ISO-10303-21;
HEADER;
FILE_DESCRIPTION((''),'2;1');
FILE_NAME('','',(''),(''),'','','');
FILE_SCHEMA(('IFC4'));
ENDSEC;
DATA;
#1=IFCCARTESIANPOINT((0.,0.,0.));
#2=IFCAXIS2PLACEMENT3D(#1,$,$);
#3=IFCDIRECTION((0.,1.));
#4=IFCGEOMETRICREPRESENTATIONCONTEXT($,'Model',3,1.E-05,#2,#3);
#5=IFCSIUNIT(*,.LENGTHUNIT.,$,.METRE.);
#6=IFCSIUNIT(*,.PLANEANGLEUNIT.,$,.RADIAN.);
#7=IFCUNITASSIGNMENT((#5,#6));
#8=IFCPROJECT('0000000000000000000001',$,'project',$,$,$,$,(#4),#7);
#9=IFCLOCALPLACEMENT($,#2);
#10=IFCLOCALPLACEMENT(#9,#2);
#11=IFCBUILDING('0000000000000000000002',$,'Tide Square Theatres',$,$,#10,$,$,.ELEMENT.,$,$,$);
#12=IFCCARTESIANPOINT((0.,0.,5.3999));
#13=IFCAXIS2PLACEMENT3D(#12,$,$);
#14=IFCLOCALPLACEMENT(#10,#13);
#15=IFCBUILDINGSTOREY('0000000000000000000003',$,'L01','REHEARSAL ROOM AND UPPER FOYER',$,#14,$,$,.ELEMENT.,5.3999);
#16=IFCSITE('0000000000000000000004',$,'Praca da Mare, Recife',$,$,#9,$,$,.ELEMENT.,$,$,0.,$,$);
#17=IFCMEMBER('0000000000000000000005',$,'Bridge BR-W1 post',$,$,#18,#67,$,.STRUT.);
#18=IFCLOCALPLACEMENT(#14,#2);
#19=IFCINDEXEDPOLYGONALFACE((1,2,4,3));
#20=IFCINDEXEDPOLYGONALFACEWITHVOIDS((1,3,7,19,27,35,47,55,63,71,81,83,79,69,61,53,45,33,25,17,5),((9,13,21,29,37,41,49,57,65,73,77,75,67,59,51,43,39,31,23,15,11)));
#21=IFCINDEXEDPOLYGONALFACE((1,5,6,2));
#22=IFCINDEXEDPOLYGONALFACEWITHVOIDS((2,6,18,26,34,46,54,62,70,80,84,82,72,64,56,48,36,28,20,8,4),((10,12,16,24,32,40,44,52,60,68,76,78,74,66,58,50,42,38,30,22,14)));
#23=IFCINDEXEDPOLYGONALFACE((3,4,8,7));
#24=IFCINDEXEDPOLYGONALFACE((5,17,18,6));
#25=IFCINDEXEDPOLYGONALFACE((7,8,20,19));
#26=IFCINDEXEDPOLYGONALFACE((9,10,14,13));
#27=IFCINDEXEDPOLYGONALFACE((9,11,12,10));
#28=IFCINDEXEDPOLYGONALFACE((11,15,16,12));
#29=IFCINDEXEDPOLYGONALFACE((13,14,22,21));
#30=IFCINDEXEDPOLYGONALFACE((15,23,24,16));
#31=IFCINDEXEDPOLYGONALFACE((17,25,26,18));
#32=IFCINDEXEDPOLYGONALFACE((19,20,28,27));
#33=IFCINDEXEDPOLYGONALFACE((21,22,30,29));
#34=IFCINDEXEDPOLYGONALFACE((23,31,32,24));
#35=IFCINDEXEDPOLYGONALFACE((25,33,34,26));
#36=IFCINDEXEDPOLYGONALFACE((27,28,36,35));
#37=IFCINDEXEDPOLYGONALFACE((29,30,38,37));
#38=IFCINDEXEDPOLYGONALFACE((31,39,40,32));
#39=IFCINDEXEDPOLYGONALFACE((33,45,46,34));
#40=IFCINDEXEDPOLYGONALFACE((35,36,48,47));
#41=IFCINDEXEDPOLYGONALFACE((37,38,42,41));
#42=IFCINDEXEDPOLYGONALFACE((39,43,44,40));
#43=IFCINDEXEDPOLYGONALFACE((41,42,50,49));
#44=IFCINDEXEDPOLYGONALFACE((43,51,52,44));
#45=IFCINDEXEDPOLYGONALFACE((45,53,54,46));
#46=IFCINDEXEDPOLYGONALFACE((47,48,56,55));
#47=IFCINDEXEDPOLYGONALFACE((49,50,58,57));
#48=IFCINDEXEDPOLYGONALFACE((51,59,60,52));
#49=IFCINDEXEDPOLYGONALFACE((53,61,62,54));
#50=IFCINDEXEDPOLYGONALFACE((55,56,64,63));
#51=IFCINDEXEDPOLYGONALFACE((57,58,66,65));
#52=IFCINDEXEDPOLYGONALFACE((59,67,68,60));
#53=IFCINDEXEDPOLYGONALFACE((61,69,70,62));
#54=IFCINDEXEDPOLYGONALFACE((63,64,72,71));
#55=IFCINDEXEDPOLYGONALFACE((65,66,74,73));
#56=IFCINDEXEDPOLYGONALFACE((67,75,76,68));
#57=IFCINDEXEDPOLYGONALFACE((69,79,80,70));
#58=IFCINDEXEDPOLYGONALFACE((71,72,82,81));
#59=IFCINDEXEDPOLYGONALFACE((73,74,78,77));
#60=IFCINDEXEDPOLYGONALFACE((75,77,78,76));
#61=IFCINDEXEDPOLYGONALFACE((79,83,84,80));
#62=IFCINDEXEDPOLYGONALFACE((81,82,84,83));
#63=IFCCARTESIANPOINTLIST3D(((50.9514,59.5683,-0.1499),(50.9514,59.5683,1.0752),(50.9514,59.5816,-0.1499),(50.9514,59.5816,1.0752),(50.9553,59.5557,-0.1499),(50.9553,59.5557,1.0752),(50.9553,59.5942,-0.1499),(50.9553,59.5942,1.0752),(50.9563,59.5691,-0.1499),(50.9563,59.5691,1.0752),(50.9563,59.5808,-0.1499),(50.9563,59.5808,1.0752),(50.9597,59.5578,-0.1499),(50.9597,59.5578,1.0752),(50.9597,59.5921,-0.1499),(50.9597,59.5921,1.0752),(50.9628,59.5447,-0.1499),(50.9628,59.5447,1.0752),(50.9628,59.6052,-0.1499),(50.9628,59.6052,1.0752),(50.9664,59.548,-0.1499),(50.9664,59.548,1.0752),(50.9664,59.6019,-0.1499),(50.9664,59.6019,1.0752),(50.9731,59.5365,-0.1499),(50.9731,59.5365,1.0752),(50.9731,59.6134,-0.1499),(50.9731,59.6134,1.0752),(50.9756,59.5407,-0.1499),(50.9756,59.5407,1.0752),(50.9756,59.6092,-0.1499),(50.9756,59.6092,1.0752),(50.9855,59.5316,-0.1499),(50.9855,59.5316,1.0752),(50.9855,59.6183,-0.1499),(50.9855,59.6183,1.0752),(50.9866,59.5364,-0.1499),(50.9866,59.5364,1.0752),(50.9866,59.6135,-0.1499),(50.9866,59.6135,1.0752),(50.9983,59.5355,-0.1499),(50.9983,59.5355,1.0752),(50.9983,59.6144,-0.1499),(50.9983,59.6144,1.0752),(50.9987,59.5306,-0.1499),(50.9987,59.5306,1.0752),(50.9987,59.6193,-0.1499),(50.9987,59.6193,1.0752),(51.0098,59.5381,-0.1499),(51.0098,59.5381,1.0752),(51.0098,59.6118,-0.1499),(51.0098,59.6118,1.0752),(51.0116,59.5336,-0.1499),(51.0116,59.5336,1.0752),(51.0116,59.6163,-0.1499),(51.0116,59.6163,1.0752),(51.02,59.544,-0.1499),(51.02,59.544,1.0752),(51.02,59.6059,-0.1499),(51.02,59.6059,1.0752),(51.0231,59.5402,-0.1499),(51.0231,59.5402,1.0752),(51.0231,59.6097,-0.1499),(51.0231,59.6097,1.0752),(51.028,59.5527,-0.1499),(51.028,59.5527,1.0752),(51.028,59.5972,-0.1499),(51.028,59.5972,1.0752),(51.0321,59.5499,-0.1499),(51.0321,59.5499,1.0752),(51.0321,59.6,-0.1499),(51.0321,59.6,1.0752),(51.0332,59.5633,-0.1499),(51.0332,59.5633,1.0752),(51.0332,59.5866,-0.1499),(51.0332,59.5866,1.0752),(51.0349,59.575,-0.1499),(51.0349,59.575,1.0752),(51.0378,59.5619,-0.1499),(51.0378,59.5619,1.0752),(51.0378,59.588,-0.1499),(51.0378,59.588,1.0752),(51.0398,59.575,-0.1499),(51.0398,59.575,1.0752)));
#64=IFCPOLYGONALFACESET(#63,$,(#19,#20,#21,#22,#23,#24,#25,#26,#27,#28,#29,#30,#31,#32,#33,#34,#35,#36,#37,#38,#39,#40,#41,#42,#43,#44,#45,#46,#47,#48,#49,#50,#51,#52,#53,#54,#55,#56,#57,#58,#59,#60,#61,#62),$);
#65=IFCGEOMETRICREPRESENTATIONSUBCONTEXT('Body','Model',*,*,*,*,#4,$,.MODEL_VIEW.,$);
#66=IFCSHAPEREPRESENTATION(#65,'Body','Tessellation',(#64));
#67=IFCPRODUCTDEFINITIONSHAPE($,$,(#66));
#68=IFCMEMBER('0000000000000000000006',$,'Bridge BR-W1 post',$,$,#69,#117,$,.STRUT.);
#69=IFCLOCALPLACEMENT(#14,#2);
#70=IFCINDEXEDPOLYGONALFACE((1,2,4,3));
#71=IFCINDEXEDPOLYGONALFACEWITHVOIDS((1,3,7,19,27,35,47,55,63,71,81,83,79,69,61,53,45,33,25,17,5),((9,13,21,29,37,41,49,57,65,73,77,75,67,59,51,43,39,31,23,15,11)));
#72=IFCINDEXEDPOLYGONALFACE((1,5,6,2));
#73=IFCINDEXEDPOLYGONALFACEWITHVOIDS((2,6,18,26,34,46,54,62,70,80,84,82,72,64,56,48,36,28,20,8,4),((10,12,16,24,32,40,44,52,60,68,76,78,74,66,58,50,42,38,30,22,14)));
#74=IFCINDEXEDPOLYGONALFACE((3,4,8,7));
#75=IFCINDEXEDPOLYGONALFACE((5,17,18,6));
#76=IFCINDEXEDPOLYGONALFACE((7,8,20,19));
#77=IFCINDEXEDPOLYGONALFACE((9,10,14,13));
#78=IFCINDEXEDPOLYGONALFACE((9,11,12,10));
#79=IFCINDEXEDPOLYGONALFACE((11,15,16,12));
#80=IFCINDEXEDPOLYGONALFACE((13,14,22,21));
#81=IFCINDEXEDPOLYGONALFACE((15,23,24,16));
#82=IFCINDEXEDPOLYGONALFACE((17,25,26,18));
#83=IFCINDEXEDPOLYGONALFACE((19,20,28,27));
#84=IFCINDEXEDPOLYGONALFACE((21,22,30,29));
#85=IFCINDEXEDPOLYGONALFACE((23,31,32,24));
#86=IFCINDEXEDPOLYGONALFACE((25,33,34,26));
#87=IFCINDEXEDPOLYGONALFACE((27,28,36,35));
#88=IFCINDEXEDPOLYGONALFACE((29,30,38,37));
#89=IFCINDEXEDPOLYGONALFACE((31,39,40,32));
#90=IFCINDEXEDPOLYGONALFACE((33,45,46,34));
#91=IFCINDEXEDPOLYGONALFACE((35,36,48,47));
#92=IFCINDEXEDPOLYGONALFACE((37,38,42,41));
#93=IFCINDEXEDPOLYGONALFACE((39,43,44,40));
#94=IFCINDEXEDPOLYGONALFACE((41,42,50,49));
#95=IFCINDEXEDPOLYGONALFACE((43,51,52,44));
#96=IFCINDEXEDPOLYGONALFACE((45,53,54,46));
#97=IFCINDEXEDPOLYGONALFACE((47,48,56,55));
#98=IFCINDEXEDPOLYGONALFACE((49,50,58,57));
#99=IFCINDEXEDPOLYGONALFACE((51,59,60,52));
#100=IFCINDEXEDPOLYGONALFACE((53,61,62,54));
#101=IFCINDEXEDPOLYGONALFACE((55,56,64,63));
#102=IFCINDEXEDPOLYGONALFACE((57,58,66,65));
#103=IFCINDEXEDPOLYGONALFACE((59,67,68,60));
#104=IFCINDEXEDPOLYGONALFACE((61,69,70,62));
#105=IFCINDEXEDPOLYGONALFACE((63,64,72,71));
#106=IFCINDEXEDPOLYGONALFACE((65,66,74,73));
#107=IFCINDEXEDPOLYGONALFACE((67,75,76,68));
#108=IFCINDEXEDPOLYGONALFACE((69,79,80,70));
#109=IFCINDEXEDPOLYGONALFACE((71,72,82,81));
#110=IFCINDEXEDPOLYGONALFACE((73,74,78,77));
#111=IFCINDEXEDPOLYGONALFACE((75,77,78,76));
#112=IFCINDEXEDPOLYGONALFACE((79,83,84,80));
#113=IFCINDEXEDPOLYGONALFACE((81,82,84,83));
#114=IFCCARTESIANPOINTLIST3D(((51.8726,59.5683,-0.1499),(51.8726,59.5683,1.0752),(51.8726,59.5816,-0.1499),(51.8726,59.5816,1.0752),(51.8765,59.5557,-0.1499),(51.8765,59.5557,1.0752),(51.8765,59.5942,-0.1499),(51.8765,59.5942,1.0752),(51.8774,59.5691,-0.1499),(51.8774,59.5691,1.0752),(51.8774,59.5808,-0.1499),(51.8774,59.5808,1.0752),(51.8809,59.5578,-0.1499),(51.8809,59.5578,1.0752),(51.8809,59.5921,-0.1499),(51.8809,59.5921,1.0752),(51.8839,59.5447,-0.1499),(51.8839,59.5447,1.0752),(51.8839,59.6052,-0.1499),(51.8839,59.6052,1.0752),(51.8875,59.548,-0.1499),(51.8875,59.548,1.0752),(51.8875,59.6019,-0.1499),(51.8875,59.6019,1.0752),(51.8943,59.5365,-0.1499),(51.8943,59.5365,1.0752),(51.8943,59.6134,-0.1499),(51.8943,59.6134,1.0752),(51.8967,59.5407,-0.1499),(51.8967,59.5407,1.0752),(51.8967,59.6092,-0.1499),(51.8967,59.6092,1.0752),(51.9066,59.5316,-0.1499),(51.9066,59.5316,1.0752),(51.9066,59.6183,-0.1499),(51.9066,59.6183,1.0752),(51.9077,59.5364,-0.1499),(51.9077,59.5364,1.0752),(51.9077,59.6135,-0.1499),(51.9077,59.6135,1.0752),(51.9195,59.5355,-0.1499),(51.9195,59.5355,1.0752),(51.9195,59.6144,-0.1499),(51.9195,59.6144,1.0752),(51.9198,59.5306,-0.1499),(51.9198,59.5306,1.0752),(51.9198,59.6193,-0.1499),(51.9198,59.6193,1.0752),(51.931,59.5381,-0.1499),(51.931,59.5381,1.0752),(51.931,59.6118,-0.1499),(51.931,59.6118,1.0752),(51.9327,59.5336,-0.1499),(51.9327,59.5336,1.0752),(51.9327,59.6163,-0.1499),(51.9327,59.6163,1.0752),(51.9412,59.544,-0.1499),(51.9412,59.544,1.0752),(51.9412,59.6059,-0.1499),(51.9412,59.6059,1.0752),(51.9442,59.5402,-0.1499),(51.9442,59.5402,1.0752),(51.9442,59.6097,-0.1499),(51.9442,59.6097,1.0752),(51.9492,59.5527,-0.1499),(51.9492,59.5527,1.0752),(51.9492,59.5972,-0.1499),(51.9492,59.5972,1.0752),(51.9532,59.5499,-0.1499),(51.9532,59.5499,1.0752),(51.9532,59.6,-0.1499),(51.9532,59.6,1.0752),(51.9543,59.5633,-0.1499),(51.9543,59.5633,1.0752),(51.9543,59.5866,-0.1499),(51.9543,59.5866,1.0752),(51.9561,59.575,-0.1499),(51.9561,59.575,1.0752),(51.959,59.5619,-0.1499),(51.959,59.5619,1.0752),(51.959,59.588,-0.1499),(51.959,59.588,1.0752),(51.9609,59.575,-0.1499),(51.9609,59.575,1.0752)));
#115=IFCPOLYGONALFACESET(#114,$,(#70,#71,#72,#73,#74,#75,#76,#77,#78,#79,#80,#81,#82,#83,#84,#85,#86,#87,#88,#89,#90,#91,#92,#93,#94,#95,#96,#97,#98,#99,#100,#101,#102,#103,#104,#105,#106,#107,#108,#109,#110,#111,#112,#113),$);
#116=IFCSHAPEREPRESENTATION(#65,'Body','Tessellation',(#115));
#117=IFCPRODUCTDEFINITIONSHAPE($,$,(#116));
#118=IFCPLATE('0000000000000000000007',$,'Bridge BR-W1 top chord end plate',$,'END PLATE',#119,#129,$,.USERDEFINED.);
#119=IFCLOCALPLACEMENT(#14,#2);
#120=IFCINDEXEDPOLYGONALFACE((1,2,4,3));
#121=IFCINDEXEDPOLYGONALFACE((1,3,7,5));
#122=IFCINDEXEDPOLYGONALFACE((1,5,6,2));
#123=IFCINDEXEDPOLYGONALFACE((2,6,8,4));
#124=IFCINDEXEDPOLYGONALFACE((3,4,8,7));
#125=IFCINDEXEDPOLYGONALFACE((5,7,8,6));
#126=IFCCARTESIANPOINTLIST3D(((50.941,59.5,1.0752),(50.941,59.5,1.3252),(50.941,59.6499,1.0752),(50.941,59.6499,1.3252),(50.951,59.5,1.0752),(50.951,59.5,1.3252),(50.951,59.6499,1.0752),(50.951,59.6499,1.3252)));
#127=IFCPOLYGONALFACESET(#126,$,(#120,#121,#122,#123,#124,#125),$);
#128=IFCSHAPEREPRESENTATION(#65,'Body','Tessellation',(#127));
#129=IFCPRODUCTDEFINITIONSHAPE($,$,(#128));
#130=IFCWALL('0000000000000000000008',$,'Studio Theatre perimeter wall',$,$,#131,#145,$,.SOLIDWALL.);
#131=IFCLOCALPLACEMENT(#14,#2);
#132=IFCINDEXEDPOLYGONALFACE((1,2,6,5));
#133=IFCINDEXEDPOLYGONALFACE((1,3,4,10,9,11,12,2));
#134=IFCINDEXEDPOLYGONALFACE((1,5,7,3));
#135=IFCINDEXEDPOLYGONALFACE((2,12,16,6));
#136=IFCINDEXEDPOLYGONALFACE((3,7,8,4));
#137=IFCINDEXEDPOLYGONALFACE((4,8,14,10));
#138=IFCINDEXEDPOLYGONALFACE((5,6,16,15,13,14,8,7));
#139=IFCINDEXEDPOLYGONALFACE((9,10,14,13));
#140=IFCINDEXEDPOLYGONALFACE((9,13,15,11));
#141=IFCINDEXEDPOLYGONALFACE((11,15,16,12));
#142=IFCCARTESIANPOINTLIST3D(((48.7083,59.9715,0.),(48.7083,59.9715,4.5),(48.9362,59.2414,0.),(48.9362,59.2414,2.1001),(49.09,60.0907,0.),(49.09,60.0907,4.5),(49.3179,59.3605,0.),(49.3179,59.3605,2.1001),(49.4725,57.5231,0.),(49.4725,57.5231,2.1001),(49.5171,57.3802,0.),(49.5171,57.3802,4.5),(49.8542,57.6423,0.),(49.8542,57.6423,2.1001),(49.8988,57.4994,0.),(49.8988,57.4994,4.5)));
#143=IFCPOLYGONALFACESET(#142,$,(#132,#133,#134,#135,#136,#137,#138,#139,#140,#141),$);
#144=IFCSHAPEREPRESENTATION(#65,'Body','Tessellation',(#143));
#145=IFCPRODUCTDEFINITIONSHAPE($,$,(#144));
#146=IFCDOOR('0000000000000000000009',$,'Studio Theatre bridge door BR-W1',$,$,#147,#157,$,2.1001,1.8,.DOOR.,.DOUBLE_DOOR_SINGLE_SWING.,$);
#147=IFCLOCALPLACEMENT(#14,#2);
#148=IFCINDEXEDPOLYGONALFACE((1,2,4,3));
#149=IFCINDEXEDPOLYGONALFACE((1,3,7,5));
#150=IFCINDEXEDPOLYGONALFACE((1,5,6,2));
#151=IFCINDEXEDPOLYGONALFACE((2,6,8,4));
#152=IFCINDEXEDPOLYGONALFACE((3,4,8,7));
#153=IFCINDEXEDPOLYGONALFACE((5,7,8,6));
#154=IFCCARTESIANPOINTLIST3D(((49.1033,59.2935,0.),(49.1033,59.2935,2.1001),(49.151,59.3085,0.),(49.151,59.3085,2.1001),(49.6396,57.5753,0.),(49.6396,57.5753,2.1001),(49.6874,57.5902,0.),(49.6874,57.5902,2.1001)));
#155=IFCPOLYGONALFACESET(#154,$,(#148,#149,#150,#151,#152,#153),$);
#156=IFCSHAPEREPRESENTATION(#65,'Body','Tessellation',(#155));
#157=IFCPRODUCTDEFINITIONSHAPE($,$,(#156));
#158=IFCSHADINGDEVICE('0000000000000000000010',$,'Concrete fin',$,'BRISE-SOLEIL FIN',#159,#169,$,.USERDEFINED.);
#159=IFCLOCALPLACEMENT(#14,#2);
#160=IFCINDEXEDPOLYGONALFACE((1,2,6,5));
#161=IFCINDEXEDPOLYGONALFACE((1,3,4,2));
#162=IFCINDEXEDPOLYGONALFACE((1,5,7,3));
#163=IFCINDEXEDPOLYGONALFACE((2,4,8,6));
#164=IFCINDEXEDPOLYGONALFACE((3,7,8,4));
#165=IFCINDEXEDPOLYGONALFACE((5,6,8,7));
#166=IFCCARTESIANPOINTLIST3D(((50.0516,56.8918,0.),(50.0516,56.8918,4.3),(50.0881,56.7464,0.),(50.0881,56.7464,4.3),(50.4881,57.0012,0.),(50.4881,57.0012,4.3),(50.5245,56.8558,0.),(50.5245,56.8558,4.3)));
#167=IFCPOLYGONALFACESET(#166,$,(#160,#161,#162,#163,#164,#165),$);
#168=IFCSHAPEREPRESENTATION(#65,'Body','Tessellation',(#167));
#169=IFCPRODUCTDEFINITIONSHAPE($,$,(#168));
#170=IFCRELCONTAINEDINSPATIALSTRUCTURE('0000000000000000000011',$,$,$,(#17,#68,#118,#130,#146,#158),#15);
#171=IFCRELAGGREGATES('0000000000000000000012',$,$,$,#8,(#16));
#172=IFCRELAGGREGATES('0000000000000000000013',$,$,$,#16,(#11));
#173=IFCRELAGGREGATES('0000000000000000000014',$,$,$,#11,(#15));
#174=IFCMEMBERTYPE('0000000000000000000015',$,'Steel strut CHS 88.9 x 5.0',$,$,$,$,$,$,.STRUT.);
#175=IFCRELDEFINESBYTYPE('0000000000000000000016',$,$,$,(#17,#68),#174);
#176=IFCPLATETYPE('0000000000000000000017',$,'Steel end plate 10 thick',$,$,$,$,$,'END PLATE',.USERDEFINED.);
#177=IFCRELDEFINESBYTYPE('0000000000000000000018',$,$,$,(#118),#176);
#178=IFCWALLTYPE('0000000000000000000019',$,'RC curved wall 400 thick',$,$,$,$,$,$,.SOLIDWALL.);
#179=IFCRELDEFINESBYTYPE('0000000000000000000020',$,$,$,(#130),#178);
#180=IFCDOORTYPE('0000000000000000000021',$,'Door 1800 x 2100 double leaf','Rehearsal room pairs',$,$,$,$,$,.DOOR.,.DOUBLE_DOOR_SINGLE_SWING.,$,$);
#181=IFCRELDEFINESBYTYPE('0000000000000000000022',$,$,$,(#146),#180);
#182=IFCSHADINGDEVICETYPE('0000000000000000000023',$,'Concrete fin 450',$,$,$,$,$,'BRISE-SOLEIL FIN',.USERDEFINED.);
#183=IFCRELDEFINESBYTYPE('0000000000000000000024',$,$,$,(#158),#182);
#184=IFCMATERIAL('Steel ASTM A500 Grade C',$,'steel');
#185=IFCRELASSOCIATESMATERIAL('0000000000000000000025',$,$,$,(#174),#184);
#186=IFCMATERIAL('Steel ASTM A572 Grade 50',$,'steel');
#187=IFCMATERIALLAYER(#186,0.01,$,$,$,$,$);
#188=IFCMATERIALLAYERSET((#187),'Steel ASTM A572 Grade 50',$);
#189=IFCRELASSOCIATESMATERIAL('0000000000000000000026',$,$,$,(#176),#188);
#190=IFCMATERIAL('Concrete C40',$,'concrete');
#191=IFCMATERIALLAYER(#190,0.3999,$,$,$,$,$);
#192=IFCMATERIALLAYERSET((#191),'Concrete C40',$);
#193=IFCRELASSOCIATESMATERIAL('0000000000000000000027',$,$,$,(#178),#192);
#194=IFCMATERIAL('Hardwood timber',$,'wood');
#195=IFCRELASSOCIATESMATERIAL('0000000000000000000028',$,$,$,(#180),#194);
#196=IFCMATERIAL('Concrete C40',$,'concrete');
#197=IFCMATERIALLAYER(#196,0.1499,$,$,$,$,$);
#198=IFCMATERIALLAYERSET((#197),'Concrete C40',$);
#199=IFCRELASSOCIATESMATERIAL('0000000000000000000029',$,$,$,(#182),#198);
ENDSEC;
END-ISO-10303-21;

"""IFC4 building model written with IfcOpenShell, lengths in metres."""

from ifc_helpers import new_model, si_unit, direction, frame, frame_2d, origin, origin_2d, place, context, subcontext, project, spatial, rectangle, hollow_circle, extrude, material, layer, layer_set, material_profile, profile_set, type_object, element, fill, save


model = new_model("IFC4")

# Units and contexts
model_context = context("Model", 3, precision=1e-05, world=origin(), true_north=direction((0.0, 1.0)))
body_context = subcontext(model_context, "Body", "Model", "MODEL_VIEW")
ifc_project = project(units=[si_unit("LENGTHUNIT", "METRE"), si_unit("PLANEANGLEUNIT", "RADIAN")], contexts=[model_context])

# Site, building, storey
site_placement = place(None, origin())
site = spatial("IfcSite", under=ifc_project, at=site_placement, Name="Praca da Mare, Recife", CompositionType="ELEMENT", RefElevation=0.0)
building_placement = place(site_placement, origin())
building = spatial("IfcBuilding", under=site, at=building_placement, Name="Tide Square Theatres", CompositionType="ELEMENT")
storey_placement = place(building_placement, frame((0.0, 0.0, 5.3999)))
storey = spatial("IfcBuildingStorey", under=building, at=storey_placement, Name="L01", Description="REHEARSAL ROOM AND UPPER FOYER", CompositionType="ELEMENT", Elevation=5.3999)

# Members
ifc_material_1 = material(Name="Steel ASTM A500 Grade C", Category="steel")
ifc_material_profile_1 = material_profile(ifc_material_1, hollow_circle(Radius=0.0444, WallThickness=0.0049, at=origin_2d()))
ifc_profile_set_1 = profile_set([ifc_material_profile_1], Name="Steel ASTM A500 Grade C")
member_type_1 = type_object("IfcMemberType", Name="Steel strut CHS 88.9 x 5.0", PredefinedType="STRUT", material=ifc_profile_set_1)
for number, where, z_axis, x_axis, name in (
    (1, (50.9954, 59.575, -0.1499), (0.0, 0.0, 1.0), (1.0, 0.0, 0.0), "Bridge BR-W1 post"),
    (2, (51.9165, 59.575, -0.1499), (0.0, 0.0, 1.0), (1.0, 0.0, 0.0), "Bridge BR-W1 post"),
):
    element("IfcMember", number, at=place(storey_placement, frame(where, z_axis=z_axis, x_axis=x_axis)), inside=storey, type_object=member_type_1, Name=name, PredefinedType="STRUT", context=body_context, shape_type="SweptSolid", body=[
        extrude(hollow_circle(Radius=0.0444, WallThickness=0.0049, at=origin_2d()), origin(), (0.0, 0.0, 1.0), 1.2251),
    ])

# Plate
ifc_material_2 = material(Name="Steel ASTM A572 Grade 50", Category="steel")
ifc_layer_1 = layer(ifc_material_2, 0.01)
ifc_layer_set_1 = layer_set([ifc_layer_1], Name="Steel ASTM A572 Grade 50")
plate_type = type_object("IfcPlateType", Name="Steel end plate 10 thick", ElementType="END PLATE", PredefinedType="USERDEFINED", material=ifc_layer_set_1)
plate_placement = place(storey_placement, frame((50.946, 59.575, 1.0752), z_axis=(0.0, 0.0, 1.0), x_axis=(-1.0, 0.0, 0.0)))
element("IfcPlate", 3, at=plate_placement, inside=storey, type_object=plate_type, Name="Bridge BR-W1 top chord end plate", ObjectType="END PLATE", PredefinedType="USERDEFINED", context=body_context, shape_type="SweptSolid", body=[
    extrude(rectangle(XDim=0.01, YDim=0.1499, at=origin_2d()), origin(), (0.0, 0.0, 1.0), 0.25),
])

# Wall, opening, door
ifc_material_3 = material(Name="Concrete C40", Category="concrete")
ifc_layer_2 = layer(ifc_material_3, 0.3999)
ifc_layer_set_2 = layer_set([ifc_layer_2], Name="Concrete C40")
wall_type = type_object("IfcWallType", Name="RC curved wall 400 thick", PredefinedType="SOLIDWALL", material=ifc_layer_set_2)
wall_placement = place(storey_placement, frame((49.708, 57.4397, 0.0), z_axis=(0.0, 0.0, 1.0), x_axis=(-0.297957, 0.954579, 0.0)))
wall = element("IfcWall", 4, at=wall_placement, inside=storey, type_object=wall_type, Name="Studio Theatre perimeter wall", PredefinedType="SOLIDWALL", context=body_context, shape_type="SweptSolid", body=[
    extrude(rectangle(XDim=2.7146, YDim=0.3999, at=frame_2d((1.3574, 0.0))), origin(), (0.0, 0.0, 1.0), 4.5),
])
opening_placement = place(wall_placement, frame((0.1499, 0.0, 0.0)))
opening = element("IfcOpeningElement", 5, at=opening_placement, cuts=wall, PredefinedType="OPENING", context=body_context, shape_type="SweptSolid", body=[
    extrude(rectangle(XDim=1.8, YDim=2.1001, at=frame_2d((0.8999, 1.05))), frame((0.0, 0.21, 0.0), z_axis=(0.0, -1.0, 0.0), x_axis=(1.0, 0.0, 0.0)), (0.0, 0.0, 1.0), 0.4199),
])
ifc_material_4 = material(Name="Hardwood timber", Category="wood")
door_type = type_object("IfcDoorType", Name="Door 1800 x 2100 double leaf", Description="Rehearsal room pairs", OperationType="DOUBLE_DOOR_SINGLE_SWING", PredefinedType="DOOR", material=ifc_material_4)
door_placement = place(opening_placement, origin())
door = element("IfcDoor", 6, at=door_placement, inside=storey, type_object=door_type, Name="Studio Theatre bridge door BR-W1", OperationType="DOUBLE_DOOR_SINGLE_SWING", OverallHeight=2.1001, OverallWidth=1.8, PredefinedType="DOOR", context=body_context, shape_type="SweptSolid", body=[
    extrude(rectangle(XDim=1.8, YDim=2.1001, at=frame_2d((0.8999, 1.05))), frame((0.0, 0.0249, 0.0), z_axis=(0.0, -1.0, 0.0), x_axis=(1.0, 0.0, 0.0)), (0.0, 0.0, 1.0), 0.05),
])
fill(opening, door)

# Shading device
ifc_material_5 = material(Name="Concrete C40", Category="concrete")
ifc_layer_3 = layer(ifc_material_5, 0.1499)
ifc_layer_set_3 = layer_set([ifc_layer_3], Name="Concrete C40")
shading_device_type = type_object("IfcShadingDeviceType", Name="Concrete fin 450", ElementType="BRISE-SOLEIL FIN", PredefinedType="USERDEFINED", material=ifc_layer_set_3)
shading_device_placement = place(storey_placement, frame((50.2881, 56.8738, 0.0), z_axis=(0.0, 0.0, 1.0), x_axis=(-0.243039, 0.970016, 0.0)))
element("IfcShadingDevice", 7, at=shading_device_placement, inside=storey, type_object=shading_device_type, Name="Concrete fin", ObjectType="BRISE-SOLEIL FIN", PredefinedType="USERDEFINED", context=body_context, shape_type="SweptSolid", body=[
    extrude(rectangle(XDim=0.1499, YDim=0.45, at=origin_2d()), origin(), (0.0, 0.0, 1.0), 4.3),
])

save(model, "model.ifc")
